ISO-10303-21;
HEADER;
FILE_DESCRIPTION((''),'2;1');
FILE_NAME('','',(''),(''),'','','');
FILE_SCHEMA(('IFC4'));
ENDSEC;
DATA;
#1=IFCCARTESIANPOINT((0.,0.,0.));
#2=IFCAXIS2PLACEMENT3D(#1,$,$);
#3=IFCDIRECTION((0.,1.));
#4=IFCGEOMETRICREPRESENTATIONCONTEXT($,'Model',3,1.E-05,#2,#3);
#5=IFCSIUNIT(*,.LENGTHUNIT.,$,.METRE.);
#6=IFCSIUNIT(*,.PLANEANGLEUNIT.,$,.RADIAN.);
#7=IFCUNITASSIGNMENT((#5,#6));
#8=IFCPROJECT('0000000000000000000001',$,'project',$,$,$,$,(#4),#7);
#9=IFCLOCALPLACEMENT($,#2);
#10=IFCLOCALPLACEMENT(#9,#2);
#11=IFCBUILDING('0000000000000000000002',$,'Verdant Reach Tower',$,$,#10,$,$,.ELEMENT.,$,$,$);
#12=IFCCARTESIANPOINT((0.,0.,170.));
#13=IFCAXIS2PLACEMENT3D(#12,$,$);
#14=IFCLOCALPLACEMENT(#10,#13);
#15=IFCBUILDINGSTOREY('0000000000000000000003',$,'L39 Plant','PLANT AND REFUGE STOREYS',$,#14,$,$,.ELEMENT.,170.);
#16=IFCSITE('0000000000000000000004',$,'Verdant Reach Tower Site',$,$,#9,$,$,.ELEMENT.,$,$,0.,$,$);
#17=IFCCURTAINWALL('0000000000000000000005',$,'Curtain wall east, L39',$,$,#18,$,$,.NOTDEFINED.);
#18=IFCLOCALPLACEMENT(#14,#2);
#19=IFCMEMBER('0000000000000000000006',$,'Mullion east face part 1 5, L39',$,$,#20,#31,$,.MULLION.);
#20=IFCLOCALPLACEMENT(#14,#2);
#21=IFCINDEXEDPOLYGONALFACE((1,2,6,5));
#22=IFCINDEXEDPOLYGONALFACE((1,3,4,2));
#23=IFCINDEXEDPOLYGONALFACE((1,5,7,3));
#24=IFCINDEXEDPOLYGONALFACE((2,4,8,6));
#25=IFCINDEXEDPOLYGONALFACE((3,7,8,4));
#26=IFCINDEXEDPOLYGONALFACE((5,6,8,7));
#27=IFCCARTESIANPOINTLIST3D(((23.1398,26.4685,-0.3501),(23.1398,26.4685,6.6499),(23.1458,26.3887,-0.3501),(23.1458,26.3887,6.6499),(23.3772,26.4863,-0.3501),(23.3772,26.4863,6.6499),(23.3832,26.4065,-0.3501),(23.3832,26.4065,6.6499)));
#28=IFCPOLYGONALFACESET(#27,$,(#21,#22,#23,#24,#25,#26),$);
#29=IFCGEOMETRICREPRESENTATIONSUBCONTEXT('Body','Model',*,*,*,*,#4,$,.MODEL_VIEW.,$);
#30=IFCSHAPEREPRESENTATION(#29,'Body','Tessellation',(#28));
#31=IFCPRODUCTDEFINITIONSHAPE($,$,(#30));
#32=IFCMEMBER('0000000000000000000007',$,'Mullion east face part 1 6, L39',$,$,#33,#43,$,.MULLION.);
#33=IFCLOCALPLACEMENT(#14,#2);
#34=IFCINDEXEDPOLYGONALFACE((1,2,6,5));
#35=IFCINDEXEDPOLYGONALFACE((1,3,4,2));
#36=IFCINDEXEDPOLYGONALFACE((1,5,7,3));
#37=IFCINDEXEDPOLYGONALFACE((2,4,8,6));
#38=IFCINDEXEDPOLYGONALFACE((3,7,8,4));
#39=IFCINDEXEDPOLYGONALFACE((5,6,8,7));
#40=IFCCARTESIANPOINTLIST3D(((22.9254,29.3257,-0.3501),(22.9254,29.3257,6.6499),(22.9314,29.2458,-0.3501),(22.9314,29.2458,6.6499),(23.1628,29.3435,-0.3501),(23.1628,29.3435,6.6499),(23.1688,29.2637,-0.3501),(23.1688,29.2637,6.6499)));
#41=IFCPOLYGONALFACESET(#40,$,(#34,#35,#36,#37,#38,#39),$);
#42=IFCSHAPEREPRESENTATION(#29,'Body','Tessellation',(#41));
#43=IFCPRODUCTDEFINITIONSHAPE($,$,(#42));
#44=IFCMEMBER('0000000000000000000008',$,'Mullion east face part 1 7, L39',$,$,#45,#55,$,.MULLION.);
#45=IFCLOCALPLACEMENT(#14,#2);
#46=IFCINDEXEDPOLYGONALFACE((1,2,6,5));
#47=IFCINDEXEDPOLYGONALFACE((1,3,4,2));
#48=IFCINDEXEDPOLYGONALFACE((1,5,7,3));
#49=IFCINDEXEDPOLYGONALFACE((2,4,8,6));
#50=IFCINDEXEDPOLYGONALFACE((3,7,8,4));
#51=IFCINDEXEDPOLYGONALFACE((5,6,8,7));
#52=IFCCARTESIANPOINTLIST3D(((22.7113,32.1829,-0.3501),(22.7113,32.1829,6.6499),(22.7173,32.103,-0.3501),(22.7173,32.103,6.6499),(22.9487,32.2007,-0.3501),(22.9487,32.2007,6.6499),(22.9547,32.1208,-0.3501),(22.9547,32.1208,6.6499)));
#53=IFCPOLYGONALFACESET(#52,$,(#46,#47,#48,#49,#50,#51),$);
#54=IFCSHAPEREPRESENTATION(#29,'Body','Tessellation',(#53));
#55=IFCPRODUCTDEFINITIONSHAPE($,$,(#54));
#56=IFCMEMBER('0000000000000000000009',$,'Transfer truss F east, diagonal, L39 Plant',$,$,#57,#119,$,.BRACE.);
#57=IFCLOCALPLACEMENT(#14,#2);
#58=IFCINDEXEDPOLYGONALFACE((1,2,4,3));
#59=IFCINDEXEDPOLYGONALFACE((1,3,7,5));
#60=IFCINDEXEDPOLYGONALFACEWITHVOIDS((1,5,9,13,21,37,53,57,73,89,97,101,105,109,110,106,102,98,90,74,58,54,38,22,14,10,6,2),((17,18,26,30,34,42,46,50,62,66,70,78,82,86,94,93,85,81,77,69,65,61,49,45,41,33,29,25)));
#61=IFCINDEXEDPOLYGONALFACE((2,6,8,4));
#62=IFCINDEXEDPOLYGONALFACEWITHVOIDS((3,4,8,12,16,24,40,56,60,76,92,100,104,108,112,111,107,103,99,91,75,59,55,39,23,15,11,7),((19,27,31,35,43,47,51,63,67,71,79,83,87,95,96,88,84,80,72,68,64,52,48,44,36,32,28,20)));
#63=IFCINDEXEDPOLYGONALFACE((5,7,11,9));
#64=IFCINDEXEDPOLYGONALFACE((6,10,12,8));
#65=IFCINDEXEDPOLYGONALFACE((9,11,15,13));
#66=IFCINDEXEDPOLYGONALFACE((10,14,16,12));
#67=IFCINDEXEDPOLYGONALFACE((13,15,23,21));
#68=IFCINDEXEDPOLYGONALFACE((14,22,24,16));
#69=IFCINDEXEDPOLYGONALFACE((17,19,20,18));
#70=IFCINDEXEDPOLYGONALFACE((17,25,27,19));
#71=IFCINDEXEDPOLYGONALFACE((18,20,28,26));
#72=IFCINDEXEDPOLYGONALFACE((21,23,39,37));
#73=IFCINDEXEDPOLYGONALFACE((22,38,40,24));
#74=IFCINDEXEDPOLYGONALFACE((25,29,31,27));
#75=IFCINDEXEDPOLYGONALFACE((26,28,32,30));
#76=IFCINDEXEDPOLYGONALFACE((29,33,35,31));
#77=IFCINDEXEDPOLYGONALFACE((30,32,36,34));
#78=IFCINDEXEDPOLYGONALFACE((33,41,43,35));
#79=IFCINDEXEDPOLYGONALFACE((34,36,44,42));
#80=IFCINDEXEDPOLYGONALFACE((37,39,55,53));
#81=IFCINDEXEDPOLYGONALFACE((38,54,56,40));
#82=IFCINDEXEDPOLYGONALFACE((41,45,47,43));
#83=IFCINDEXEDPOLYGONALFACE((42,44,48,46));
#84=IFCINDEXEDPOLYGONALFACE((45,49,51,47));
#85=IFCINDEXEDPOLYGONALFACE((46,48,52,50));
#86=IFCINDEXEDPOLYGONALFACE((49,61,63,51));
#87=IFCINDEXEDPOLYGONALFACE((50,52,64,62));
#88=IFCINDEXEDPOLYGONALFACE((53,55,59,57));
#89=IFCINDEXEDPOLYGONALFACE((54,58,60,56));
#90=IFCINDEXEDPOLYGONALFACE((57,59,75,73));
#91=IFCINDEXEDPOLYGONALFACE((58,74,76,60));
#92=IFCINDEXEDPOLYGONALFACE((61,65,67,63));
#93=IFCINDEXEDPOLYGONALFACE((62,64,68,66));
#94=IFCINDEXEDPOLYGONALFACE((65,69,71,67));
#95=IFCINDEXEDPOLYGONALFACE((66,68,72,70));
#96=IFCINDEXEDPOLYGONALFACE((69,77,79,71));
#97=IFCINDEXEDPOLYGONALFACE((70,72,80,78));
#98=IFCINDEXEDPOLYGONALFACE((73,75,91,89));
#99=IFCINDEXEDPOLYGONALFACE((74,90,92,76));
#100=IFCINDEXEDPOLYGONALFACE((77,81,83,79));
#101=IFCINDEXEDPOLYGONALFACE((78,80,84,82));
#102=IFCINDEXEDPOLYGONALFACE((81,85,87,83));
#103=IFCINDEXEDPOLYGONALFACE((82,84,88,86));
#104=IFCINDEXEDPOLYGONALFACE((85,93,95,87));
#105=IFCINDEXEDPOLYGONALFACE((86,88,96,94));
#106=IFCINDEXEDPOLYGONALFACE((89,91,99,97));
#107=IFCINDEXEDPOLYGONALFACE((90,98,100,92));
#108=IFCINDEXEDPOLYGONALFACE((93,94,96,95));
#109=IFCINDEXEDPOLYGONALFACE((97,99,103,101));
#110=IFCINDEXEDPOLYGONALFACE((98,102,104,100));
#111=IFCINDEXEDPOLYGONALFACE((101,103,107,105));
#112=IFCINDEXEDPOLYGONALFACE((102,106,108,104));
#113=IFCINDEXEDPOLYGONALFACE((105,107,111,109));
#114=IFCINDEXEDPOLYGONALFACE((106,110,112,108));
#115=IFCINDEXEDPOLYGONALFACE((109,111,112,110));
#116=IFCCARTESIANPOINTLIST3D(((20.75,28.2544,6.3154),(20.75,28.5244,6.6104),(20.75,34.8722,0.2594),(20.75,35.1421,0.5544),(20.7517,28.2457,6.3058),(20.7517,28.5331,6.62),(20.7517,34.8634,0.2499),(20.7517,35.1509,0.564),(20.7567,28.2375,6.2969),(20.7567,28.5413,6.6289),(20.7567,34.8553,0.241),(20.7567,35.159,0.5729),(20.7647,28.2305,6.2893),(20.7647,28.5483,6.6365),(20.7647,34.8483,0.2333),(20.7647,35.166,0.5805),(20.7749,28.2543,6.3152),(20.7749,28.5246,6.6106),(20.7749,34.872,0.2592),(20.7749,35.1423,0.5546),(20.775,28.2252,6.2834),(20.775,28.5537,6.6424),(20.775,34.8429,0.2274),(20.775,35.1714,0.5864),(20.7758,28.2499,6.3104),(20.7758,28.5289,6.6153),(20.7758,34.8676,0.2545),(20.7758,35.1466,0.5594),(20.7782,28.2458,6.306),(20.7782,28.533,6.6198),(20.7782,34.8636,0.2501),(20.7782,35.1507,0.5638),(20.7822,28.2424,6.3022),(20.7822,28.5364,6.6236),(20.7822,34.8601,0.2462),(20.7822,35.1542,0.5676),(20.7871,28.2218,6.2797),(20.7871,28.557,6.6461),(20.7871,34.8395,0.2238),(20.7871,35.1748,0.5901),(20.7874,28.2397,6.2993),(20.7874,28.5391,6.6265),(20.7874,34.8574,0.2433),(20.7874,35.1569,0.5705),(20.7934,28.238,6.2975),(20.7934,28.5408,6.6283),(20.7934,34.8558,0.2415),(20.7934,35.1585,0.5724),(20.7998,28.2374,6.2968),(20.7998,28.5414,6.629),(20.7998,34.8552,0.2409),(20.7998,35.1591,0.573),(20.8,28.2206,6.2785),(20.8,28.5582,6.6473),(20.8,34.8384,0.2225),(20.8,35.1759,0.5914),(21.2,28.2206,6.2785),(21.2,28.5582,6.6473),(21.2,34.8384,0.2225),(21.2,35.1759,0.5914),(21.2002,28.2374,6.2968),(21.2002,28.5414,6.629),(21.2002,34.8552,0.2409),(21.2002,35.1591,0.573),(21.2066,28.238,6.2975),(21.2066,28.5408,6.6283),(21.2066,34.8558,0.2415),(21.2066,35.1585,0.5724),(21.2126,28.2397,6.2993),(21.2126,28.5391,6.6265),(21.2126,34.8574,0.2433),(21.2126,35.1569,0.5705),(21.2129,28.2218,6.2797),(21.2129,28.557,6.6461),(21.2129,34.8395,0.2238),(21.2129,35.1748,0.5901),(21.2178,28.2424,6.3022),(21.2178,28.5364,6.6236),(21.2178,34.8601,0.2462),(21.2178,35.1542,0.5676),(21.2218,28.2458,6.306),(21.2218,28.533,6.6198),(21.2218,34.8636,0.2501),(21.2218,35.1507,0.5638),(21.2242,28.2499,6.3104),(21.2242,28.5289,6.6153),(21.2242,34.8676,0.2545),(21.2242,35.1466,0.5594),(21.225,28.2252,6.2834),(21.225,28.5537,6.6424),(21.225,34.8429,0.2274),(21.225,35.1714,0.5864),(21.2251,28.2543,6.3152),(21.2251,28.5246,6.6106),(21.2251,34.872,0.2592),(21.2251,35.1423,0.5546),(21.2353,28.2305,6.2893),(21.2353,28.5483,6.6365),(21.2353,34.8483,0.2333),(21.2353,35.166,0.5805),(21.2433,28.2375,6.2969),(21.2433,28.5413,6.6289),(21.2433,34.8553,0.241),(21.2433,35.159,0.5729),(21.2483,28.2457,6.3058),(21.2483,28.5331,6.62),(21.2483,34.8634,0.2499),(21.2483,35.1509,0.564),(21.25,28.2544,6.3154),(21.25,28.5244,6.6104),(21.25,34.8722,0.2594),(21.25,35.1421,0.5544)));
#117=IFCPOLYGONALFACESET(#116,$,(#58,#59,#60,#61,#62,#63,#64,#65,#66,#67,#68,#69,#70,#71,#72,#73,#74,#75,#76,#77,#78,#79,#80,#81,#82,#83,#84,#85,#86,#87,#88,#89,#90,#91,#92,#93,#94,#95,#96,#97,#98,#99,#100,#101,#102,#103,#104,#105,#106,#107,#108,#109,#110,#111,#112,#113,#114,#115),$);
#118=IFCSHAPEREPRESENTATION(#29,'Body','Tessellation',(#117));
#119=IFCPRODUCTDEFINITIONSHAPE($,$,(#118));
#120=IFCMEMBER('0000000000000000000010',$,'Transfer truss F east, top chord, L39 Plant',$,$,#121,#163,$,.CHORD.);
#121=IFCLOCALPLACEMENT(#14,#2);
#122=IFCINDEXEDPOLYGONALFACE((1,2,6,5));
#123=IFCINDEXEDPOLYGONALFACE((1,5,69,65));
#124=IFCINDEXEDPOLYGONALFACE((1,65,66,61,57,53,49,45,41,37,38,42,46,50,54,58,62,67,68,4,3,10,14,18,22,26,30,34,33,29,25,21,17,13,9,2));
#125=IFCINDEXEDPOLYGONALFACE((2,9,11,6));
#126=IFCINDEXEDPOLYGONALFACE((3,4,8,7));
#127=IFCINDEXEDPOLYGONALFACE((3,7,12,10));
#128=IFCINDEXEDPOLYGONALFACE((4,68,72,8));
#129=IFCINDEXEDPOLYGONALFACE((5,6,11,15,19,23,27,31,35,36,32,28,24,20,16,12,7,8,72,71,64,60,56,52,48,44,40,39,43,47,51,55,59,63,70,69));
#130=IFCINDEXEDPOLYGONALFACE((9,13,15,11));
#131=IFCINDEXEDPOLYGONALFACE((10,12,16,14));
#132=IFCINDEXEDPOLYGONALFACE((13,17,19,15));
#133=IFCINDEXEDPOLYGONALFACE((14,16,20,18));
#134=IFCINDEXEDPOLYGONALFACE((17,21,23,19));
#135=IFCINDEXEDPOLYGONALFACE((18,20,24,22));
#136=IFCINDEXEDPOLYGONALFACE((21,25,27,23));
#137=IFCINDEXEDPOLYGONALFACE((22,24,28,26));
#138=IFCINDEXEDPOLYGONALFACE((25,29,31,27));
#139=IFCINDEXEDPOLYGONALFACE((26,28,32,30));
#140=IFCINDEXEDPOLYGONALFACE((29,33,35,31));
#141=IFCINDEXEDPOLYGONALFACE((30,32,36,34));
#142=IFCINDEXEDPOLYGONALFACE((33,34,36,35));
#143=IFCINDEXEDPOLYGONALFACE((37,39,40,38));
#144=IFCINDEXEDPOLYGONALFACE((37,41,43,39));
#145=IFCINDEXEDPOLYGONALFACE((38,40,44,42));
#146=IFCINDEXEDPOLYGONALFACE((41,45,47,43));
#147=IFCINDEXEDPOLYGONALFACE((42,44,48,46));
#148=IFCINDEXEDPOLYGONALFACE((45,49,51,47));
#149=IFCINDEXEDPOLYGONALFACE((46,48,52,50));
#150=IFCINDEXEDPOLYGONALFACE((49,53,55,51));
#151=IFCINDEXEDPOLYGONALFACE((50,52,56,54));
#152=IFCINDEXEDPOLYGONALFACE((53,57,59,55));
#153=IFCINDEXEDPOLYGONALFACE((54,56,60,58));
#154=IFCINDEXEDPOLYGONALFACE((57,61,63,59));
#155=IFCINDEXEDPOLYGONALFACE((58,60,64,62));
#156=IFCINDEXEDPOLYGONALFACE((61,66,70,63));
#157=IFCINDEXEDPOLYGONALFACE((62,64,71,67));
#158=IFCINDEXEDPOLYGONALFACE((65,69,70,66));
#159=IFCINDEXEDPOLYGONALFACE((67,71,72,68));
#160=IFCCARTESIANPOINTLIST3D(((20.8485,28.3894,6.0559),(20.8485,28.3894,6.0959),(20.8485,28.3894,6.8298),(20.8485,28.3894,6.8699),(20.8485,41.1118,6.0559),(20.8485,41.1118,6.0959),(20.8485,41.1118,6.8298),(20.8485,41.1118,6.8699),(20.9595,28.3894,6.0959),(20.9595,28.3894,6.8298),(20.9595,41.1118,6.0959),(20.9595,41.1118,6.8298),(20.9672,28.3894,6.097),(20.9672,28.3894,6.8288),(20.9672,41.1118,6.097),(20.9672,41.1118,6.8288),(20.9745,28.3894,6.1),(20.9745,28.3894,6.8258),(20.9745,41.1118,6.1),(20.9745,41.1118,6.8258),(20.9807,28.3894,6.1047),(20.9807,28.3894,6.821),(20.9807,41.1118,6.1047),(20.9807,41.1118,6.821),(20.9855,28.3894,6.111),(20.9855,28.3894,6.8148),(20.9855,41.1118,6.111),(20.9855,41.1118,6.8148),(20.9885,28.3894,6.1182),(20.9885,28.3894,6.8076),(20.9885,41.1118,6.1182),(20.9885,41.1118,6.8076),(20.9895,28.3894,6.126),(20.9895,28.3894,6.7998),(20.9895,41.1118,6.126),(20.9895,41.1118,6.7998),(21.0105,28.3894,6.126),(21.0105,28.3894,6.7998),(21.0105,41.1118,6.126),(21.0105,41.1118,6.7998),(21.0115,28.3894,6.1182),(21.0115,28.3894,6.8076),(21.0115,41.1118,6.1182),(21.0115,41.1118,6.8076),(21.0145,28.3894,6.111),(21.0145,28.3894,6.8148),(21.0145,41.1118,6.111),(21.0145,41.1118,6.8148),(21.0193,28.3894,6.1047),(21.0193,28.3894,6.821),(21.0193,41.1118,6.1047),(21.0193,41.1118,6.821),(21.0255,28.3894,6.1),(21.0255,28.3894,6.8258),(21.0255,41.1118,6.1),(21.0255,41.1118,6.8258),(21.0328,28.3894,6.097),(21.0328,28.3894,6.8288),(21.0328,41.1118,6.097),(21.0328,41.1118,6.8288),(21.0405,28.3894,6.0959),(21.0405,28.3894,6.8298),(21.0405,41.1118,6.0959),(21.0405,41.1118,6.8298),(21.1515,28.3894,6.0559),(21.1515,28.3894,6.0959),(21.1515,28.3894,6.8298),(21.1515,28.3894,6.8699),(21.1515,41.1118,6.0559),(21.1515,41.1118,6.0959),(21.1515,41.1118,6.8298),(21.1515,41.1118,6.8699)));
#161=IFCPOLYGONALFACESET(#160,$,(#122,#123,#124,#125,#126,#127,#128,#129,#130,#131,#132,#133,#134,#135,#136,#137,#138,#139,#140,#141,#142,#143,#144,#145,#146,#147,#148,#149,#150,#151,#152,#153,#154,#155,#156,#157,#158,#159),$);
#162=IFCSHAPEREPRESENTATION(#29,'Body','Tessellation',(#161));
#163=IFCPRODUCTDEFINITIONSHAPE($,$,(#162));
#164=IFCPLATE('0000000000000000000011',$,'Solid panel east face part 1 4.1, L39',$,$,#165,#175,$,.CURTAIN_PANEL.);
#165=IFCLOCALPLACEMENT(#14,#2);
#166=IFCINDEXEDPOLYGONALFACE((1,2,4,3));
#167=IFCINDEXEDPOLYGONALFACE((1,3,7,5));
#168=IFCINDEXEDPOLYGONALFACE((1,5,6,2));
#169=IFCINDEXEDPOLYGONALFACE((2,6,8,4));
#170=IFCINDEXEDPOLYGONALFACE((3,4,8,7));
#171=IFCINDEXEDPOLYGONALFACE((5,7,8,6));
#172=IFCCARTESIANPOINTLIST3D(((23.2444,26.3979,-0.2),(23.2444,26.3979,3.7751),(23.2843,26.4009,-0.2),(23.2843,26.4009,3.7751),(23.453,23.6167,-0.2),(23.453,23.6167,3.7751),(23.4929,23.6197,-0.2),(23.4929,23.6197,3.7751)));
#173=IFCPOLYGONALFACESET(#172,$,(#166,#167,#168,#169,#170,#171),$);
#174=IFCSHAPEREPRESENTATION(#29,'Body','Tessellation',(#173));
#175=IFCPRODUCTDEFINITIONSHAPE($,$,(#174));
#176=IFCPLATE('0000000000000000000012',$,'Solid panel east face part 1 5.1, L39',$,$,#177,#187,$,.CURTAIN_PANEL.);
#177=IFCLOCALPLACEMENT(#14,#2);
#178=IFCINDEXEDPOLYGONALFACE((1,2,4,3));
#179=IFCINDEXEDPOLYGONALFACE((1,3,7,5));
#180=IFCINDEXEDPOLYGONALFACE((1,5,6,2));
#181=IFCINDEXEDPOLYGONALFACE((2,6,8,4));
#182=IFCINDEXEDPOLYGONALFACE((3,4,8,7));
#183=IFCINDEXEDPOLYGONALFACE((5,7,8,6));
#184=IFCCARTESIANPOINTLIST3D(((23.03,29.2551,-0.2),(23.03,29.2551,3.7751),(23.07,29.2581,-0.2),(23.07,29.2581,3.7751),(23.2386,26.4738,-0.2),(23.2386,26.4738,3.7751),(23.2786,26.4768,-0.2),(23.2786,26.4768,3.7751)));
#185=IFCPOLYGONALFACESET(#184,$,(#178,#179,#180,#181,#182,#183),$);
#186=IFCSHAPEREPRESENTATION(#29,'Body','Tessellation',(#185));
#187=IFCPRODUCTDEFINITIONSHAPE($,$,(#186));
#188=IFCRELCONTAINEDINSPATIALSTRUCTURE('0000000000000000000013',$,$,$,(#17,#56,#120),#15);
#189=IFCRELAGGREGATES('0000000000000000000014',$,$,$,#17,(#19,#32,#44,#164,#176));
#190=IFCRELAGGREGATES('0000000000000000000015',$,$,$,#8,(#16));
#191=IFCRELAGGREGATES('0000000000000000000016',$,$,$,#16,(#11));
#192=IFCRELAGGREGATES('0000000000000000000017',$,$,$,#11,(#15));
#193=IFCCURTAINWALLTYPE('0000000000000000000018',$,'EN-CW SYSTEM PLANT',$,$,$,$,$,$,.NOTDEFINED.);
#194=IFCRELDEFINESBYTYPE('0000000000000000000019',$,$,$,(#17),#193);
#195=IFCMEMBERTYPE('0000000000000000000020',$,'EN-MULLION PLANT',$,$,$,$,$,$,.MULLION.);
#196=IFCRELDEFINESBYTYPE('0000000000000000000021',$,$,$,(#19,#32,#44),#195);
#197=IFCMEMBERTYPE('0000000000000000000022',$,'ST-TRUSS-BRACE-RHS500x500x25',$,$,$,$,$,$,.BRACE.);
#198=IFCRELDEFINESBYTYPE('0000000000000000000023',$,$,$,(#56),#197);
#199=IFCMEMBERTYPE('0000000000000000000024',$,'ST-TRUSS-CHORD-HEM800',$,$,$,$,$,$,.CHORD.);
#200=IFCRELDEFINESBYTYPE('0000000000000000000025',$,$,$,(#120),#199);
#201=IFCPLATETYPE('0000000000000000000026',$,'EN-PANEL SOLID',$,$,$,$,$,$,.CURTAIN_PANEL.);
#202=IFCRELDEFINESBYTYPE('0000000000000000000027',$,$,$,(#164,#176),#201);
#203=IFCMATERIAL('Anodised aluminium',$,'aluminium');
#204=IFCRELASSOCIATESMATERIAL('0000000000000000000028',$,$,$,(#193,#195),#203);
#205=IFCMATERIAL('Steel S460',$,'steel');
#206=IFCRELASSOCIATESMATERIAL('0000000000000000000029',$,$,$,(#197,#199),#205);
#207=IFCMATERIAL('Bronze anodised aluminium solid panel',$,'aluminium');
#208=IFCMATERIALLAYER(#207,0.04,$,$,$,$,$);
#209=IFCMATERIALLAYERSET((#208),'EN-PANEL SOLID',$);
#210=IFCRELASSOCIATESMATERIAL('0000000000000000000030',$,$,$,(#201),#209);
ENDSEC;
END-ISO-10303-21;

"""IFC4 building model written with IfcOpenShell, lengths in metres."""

from ifc_helpers import new_model, si_unit, direction, frame, origin, origin_2d, place, context, subcontext, project, spatial, rectangle, hollow_rectangle, i_section, extrude, material, layer, layer_set, material_profile, profile_set, type_object, element, aggregate, save


model = new_model("IFC4")

# Units and contexts
model_context = context("Model", 3, precision=1e-05, world=origin(), true_north=direction((0.0, 1.0)))
body_context = subcontext(model_context, "Body", "Model", "MODEL_VIEW")
ifc_project = project(units=[si_unit("LENGTHUNIT", "METRE"), si_unit("PLANEANGLEUNIT", "RADIAN")], contexts=[model_context])

# Site, building, storey
site_placement = place(None, origin())
site = spatial("IfcSite", under=ifc_project, at=site_placement, Name="Verdant Reach Tower Site", CompositionType="ELEMENT", RefElevation=0.0)
building_placement = place(site_placement, origin())
building = spatial("IfcBuilding", under=site, at=building_placement, Name="Verdant Reach Tower", CompositionType="ELEMENT")
storey_placement = place(building_placement, frame((0.0, 0.0, 170.0)))
storey = spatial("IfcBuildingStorey", under=building, at=storey_placement, Name="L39 Plant", Description="PLANT AND REFUGE STOREYS", CompositionType="ELEMENT", Elevation=170.0)

# Curtain wall, members
ifc_material_1 = material(Name="Anodised aluminium", Category="aluminium")
curtain_wall_type = type_object("IfcCurtainWallType", Name="EN-CW SYSTEM PLANT", PredefinedType="NOTDEFINED", material=ifc_material_1)
curtain_wall_placement = place(storey_placement, origin())
curtain_wall = element("IfcCurtainWall", 1, at=curtain_wall_placement, inside=storey, type_object=curtain_wall_type, Name="Curtain wall east, L39", PredefinedType="NOTDEFINED")
ifc_material_profile_1 = material_profile(ifc_material_1, rectangle(XDim=0.238, YDim=0.0801, at=origin_2d()), Name="Mullion 80x240")
ifc_profile_set_1 = profile_set([ifc_material_profile_1], Name="Anodised aluminium")
member_type_1 = type_object("IfcMemberType", Name="EN-MULLION PLANT", PredefinedType="MULLION", material=ifc_profile_set_1)
member_1_placement = place(storey_placement, frame((23.2615, 26.4375, -0.3501), z_axis=(0.0, 0.0, 1.0), x_axis=(0.997199, 0.07479, 0.0)))
member_1 = element("IfcMember", 2, at=member_1_placement, type_object=member_type_1, Name="Mullion east face part 1 5, L39", PredefinedType="MULLION", context=body_context, shape_type="SweptSolid", body=[
    extrude(rectangle(XDim=0.238, YDim=0.0801, at=origin_2d()), origin(), (0.0, 0.0, 1.0), 7.0),
])
member_2_placement = place(storey_placement, frame((23.0471, 29.2947, -0.3501), z_axis=(0.0, 0.0, 1.0), x_axis=(0.997199, 0.07479, 0.0)))
member_2 = element("IfcMember", 3, at=member_2_placement, type_object=member_type_1, Name="Mullion east face part 1 6, L39", PredefinedType="MULLION", context=body_context, shape_type="SweptSolid", body=[
    extrude(rectangle(XDim=0.238, YDim=0.0801, at=origin_2d()), origin(), (0.0, 0.0, 1.0), 7.0),
])
member_3_placement = place(storey_placement, frame((22.833, 32.1519, -0.3501), z_axis=(0.0, 0.0, 1.0), x_axis=(0.997199, 0.07479, 0.0)))
member_3 = element("IfcMember", 4, at=member_3_placement, type_object=member_type_1, Name="Mullion east face part 1 7, L39", PredefinedType="MULLION", context=body_context, shape_type="SweptSolid", body=[
    extrude(rectangle(XDim=0.238, YDim=0.0801, at=origin_2d()), origin(), (0.0, 0.0, 1.0), 7.0),
])

# Members
ifc_material_2 = material(Name="Steel S460", Category="steel")
ifc_material_profile_2 = material_profile(ifc_material_2, hollow_rectangle(XDim=0.5, YDim=0.5, WallThickness=0.0249, InnerFilletRadius=0.0249, OuterFilletRadius=0.05, at=origin_2d()), Name="RHS 500x500x25")
ifc_profile_set_2 = profile_set([ifc_material_profile_2], Name="Steel S460")
member_type_2 = type_object("IfcMemberType", Name="ST-TRUSS-BRACE-RHS500x500x25", PredefinedType="BRACE", material=ifc_profile_set_2)
member_4_placement = place(storey_placement, frame((21.0, 28.3894, 6.4629), z_axis=(0.0, 0.737726, -0.675101), x_axis=(-1.0, 0.0, 0.0)))
element("IfcMember", 5, at=member_4_placement, inside=storey, type_object=member_type_2, Name="Transfer truss F east, diagonal, L39 Plant", PredefinedType="BRACE", context=body_context, shape_type="SweptSolid", body=[
    extrude(hollow_rectangle(XDim=0.5, YDim=0.5, WallThickness=0.0249, InnerFilletRadius=0.0249, OuterFilletRadius=0.05, at=origin_2d()), origin(), (0.0, 0.0, 1.0), 8.9705),
])
ifc_material_profile_3 = material_profile(ifc_material_2, i_section(OverallWidth=0.303, OverallDepth=0.814, WebThickness=0.021, FlangeThickness=0.04, FilletRadius=0.03, at=origin_2d()), Name="HEM 800")
ifc_profile_set_3 = profile_set([ifc_material_profile_3], Name="Steel S460")
member_type_3 = type_object("IfcMemberType", Name="ST-TRUSS-CHORD-HEM800", PredefinedType="CHORD", material=ifc_profile_set_3)
member_5_placement = place(storey_placement, frame((21.0, 28.3894, 6.4629), z_axis=(0.0, 1.0, 0.0), x_axis=(-1.0, 0.0, 0.0)))
element("IfcMember", 6, at=member_5_placement, inside=storey, type_object=member_type_3, Name="Transfer truss F east, top chord, L39 Plant", PredefinedType="CHORD", context=body_context, shape_type="SweptSolid", body=[
    extrude(i_section(OverallWidth=0.303, OverallDepth=0.814, WebThickness=0.021, FlangeThickness=0.04, FilletRadius=0.03, at=origin_2d()), origin(), (0.0, 0.0, 1.0), 12.7224),
])

# Plates
ifc_material_3 = material(Name="Bronze anodised aluminium solid panel", Category="aluminium")
ifc_layer_1 = layer(ifc_material_3, 0.04)
ifc_layer_set_1 = layer_set([ifc_layer_1], Name="EN-PANEL SOLID")
plate_type = type_object("IfcPlateType", Name="EN-PANEL SOLID", PredefinedType="CURTAIN_PANEL", material=ifc_layer_set_1)
plate_1_placement = place(storey_placement, frame((23.3687, 25.0088, -0.2), z_axis=(0.0, 0.0, 1.0), x_axis=(-0.07479, 0.997199, 0.0)))
plate_1 = element("IfcPlate", 7, at=plate_1_placement, type_object=plate_type, Name="Solid panel east face part 1 4.1, L39", PredefinedType="CURTAIN_PANEL", context=body_context, shape_type="SweptSolid", body=[
    extrude(rectangle(XDim=2.7891, YDim=0.04, at=origin_2d()), origin(), (0.0, 0.0, 1.0), 3.9751),
])
plate_2_placement = place(storey_placement, frame((23.1543, 27.866, -0.2), z_axis=(0.0, 0.0, 1.0), x_axis=(-0.07479, 0.997199, 0.0)))
plate_2 = element("IfcPlate", 8, at=plate_2_placement, type_object=plate_type, Name="Solid panel east face part 1 5.1, L39", PredefinedType="CURTAIN_PANEL", context=body_context, shape_type="SweptSolid", body=[
    extrude(rectangle(XDim=2.7891, YDim=0.04, at=origin_2d()), origin(), (0.0, 0.0, 1.0), 3.9751),
])

aggregate(curtain_wall, [member_1, member_2, member_3, plate_1, plate_2])

save(model, "model.ifc")
